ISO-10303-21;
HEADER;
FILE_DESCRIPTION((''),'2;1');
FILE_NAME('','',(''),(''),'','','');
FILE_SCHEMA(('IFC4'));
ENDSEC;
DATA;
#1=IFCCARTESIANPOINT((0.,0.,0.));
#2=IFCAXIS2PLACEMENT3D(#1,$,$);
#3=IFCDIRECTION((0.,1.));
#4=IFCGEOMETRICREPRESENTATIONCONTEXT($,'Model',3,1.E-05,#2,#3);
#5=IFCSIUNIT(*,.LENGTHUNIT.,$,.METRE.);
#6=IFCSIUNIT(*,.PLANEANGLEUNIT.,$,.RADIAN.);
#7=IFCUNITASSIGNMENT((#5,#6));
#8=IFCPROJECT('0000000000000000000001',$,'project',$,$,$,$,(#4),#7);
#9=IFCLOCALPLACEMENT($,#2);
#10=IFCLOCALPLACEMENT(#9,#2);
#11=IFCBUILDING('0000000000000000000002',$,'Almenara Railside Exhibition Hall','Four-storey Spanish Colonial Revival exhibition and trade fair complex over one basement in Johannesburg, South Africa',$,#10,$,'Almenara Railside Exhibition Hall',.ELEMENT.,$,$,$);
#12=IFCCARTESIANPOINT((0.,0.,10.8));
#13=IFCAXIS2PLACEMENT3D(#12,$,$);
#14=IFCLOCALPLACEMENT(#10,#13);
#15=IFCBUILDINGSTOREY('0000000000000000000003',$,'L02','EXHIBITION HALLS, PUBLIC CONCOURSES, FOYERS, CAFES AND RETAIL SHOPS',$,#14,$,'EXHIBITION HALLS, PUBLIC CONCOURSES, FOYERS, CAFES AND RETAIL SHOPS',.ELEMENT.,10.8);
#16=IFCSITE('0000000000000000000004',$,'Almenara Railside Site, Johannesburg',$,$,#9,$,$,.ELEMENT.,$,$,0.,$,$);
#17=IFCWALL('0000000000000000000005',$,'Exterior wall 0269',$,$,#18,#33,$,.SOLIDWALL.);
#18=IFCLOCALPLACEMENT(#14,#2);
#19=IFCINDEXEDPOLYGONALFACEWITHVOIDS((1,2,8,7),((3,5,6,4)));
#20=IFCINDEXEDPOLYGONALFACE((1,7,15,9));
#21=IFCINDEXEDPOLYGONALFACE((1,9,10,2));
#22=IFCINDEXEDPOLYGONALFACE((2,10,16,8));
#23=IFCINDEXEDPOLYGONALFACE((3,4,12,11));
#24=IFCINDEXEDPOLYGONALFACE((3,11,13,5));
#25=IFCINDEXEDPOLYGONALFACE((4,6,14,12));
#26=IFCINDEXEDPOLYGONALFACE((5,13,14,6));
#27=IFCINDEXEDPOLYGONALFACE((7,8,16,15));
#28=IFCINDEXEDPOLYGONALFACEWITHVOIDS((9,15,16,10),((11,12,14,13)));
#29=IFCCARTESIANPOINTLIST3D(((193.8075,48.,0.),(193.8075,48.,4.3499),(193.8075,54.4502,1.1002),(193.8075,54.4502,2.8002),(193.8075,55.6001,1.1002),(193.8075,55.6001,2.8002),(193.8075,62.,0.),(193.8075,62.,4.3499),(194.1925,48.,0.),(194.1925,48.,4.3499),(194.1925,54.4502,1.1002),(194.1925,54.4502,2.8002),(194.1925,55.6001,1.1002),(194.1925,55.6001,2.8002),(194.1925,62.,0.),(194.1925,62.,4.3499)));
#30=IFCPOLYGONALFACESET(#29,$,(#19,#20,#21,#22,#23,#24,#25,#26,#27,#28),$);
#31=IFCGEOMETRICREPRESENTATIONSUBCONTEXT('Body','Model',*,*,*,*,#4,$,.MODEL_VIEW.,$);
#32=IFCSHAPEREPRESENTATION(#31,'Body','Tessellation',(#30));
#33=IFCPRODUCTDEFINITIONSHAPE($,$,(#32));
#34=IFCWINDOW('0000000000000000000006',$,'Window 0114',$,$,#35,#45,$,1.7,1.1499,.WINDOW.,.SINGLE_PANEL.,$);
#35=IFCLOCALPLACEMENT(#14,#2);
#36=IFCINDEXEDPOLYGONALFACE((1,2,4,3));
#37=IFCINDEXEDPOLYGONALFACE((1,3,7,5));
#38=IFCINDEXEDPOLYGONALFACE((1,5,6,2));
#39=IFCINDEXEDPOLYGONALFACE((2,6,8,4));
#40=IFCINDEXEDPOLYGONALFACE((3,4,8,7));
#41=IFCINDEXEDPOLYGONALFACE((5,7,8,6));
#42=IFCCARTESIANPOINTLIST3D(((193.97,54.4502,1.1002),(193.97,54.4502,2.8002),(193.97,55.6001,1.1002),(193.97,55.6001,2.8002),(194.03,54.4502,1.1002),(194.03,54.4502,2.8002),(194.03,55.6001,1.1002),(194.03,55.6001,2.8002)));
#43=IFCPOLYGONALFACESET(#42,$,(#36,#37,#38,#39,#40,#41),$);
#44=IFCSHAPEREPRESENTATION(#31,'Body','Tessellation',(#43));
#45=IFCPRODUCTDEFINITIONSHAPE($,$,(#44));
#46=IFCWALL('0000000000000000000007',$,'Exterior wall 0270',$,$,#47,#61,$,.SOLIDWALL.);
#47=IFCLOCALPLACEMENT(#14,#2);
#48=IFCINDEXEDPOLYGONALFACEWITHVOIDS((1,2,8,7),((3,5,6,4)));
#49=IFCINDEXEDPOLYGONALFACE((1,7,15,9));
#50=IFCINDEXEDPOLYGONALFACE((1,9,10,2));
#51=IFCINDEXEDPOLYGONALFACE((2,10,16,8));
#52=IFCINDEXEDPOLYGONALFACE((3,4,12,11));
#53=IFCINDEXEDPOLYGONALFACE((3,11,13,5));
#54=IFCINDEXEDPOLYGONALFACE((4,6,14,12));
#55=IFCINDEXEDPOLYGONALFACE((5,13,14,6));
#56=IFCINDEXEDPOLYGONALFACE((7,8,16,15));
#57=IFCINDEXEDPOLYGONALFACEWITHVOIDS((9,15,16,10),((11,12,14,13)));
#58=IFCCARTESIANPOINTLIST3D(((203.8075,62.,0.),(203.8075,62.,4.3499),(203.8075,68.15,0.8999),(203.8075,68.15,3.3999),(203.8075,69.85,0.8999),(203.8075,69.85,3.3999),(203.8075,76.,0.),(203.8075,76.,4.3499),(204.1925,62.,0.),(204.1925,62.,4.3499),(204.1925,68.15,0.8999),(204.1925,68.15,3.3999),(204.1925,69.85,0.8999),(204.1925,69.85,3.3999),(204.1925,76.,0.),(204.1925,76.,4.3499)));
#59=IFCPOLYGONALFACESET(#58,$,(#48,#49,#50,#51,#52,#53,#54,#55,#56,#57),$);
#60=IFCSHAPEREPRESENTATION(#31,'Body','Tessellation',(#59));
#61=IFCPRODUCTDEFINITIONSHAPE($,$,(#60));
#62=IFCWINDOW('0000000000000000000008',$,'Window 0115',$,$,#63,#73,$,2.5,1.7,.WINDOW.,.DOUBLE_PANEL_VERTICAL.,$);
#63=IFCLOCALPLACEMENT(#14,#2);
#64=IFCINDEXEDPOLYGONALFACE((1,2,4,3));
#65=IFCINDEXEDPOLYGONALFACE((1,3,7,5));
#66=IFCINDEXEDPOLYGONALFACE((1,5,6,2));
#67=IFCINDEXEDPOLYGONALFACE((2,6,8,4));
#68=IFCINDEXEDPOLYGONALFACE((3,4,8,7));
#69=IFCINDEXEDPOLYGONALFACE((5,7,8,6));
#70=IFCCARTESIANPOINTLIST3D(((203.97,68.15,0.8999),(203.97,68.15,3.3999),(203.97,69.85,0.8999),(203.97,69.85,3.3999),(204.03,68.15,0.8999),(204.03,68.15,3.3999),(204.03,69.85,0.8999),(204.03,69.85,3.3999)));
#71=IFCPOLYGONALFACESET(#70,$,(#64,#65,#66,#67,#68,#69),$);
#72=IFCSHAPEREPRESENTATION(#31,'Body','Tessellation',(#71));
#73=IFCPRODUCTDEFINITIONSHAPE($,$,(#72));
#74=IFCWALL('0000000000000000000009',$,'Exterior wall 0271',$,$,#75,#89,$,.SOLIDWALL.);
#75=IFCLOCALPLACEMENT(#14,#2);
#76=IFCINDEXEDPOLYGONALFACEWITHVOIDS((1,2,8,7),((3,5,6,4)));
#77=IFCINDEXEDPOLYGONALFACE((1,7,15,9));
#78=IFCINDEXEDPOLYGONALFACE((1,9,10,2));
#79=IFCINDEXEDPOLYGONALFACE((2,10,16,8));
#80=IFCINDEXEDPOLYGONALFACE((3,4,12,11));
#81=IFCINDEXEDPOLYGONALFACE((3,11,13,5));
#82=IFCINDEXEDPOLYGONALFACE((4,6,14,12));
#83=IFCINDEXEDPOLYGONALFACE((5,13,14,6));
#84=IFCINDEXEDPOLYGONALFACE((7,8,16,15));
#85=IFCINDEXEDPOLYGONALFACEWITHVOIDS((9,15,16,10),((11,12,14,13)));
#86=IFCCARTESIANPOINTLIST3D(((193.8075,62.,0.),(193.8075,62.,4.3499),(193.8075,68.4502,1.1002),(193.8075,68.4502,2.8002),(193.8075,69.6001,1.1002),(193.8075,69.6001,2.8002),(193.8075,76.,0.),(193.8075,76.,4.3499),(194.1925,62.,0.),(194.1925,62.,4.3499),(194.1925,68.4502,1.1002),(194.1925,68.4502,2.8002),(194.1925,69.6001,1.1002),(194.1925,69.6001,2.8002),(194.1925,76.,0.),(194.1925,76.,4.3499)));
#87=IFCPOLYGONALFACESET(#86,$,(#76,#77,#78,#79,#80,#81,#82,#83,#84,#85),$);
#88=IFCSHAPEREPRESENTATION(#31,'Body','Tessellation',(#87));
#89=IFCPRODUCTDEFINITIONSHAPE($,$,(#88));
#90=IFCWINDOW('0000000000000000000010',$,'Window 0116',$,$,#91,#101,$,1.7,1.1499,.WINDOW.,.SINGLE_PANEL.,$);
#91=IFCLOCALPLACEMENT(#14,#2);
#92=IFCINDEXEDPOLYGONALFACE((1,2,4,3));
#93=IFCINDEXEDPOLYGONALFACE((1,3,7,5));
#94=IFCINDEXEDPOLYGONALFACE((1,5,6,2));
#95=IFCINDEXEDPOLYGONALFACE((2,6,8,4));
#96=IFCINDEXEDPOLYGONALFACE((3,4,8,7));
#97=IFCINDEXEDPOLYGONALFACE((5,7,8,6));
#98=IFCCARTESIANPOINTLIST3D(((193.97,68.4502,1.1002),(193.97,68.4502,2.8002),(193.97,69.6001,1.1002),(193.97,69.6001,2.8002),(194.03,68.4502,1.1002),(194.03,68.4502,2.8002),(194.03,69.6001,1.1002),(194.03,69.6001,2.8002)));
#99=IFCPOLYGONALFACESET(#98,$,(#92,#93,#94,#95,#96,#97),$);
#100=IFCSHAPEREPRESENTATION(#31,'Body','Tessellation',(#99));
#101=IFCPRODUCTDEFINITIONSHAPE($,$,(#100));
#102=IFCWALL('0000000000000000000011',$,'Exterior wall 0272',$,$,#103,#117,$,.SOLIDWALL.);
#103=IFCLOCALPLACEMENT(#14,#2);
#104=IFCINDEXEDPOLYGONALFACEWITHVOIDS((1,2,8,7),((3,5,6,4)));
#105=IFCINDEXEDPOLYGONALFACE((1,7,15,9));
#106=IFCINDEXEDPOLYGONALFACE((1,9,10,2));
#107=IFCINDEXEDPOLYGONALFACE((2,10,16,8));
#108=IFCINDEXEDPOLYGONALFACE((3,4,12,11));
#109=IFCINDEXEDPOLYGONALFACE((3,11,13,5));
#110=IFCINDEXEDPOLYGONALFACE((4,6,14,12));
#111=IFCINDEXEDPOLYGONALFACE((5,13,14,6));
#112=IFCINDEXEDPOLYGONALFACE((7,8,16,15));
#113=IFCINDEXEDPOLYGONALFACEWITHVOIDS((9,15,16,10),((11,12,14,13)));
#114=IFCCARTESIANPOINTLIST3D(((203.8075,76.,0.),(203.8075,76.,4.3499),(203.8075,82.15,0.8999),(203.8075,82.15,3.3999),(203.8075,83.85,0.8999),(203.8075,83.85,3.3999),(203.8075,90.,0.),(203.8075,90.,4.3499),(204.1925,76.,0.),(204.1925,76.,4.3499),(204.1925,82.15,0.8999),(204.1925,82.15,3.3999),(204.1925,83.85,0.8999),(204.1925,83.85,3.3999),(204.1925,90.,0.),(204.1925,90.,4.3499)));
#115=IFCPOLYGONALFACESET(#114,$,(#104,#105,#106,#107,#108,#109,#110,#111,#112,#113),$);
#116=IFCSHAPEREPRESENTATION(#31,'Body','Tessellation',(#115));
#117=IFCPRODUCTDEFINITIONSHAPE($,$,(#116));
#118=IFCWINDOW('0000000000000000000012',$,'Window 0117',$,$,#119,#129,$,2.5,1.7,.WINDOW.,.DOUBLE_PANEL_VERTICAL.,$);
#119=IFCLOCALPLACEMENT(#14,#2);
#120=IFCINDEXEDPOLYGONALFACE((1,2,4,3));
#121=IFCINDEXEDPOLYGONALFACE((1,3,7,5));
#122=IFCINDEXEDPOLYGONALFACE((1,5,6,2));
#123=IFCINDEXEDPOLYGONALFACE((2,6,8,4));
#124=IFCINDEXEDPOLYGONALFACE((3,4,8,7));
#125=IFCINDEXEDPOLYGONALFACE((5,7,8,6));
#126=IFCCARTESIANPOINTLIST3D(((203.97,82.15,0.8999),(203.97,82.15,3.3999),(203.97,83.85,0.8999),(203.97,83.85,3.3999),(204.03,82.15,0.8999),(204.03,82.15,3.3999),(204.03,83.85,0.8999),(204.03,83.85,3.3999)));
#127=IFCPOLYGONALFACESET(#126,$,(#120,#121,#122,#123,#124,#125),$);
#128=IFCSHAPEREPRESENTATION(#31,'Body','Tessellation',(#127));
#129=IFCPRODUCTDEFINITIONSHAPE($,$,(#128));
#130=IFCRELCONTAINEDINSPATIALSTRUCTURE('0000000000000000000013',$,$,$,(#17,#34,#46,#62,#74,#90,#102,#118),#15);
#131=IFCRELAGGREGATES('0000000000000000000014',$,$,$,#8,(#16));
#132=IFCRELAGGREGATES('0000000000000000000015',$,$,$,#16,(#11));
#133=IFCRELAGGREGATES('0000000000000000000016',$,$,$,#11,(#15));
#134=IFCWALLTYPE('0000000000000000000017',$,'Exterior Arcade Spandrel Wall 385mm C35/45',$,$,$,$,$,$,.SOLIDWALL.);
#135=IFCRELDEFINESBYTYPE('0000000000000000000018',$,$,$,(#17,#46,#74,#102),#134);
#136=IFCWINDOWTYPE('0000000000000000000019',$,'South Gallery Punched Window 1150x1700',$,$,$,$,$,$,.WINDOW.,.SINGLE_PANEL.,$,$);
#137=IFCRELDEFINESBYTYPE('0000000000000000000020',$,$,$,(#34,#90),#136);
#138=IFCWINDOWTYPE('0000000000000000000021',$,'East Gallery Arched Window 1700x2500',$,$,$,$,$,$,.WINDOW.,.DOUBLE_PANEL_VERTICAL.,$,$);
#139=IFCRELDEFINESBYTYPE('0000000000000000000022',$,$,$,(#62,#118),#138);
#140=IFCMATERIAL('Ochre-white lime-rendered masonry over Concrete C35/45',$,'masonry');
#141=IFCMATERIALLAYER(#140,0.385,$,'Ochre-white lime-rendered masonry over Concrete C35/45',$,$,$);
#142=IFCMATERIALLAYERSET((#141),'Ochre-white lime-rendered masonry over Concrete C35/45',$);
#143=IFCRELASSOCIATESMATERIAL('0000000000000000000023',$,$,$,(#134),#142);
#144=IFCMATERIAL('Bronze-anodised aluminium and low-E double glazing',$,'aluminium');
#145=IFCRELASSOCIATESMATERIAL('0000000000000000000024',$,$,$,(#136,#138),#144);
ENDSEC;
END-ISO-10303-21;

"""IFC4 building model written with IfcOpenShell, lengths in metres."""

from ifc_helpers import new_model, si_unit, direction, frame, frame_2d, origin, place, context, subcontext, project, spatial, rectangle, extrude, material, layer, layer_set, type_object, element, fill, save


model = new_model("IFC4")

# Units and contexts
model_context = context("Model", 3, precision=1e-05, world=origin(), true_north=direction((0.0, 1.0)))
body_context = subcontext(model_context, "Body", "Model", "MODEL_VIEW")
ifc_project = project(units=[si_unit("LENGTHUNIT", "METRE"), si_unit("PLANEANGLEUNIT", "RADIAN")], contexts=[model_context])

# Site, building, storey
site_placement = place(None, origin())
site = spatial("IfcSite", under=ifc_project, at=site_placement, Name="Almenara Railside Site, Johannesburg", CompositionType="ELEMENT", RefElevation=0.0)
building_placement = place(site_placement, origin())
building = spatial("IfcBuilding", under=site, at=building_placement, Name="Almenara Railside Exhibition Hall", Description="Four-storey Spanish Colonial Revival exhibition and trade fair complex over one basement in Johannesburg, South Africa", LongName="Almenara Railside Exhibition Hall", CompositionType="ELEMENT")
storey_placement = place(building_placement, frame((0.0, 0.0, 10.8)))
storey = spatial("IfcBuildingStorey", under=building, at=storey_placement, Name="L02", Description="EXHIBITION HALLS, PUBLIC CONCOURSES, FOYERS, CAFES AND RETAIL SHOPS", LongName="EXHIBITION HALLS, PUBLIC CONCOURSES, FOYERS, CAFES AND RETAIL SHOPS", CompositionType="ELEMENT", Elevation=10.8)

# Walls, openings, windows
ifc_material_1 = material(Name="Ochre-white lime-rendered masonry over Concrete C35/45", Category="masonry")
ifc_layer = layer(ifc_material_1, 0.385, Name="Ochre-white lime-rendered masonry over Concrete C35/45")
ifc_layer_set = layer_set([ifc_layer], Name="Ochre-white lime-rendered masonry over Concrete C35/45")
wall_type = type_object("IfcWallType", Name="Exterior Arcade Spandrel Wall 385mm C35/45", PredefinedType="SOLIDWALL", material=ifc_layer_set)
wall_1_placement = place(storey_placement, frame((194.0, 62.0, 0.0), z_axis=(0.0, 0.0, 1.0), x_axis=(0.0, -1.0, 0.0)))
wall_1 = element("IfcWall", 1, at=wall_1_placement, inside=storey, type_object=wall_type, Name="Exterior wall 0269", PredefinedType="SOLIDWALL", context=body_context, shape_type="SweptSolid", body=[
    extrude(rectangle(XDim=14.0, YDim=0.385, at=frame_2d((7.0, 0.0))), origin(), (0.0, 0.0, 1.0), 4.3499),
])
opening_1_placement = place(wall_1_placement, frame((6.3999, 0.0, 1.1001)))
opening_1 = element("IfcOpeningElement", 2, at=opening_1_placement, cuts=wall_1, PredefinedType="OPENING", context=body_context, shape_type="SweptSolid", body=[
    extrude(rectangle(XDim=1.1499, YDim=1.7, at=frame_2d((0.575, 0.8501))), frame((0.0, 0.2024, 0.0), z_axis=(0.0, -1.0, 0.0), x_axis=(1.0, 0.0, 0.0)), (0.0, 0.0, 1.0), 0.405),
])
ifc_material_2 = material(Name="Bronze-anodised aluminium and low-E double glazing", Category="aluminium")
window_type_1 = type_object("IfcWindowType", Name="South Gallery Punched Window 1150x1700", PartitioningType="SINGLE_PANEL", PredefinedType="WINDOW", material=ifc_material_2)
window_1_placement = place(opening_1_placement, origin())
window_1 = element("IfcWindow", 3, at=window_1_placement, inside=storey, type_object=window_type_1, Name="Window 0114", OverallHeight=1.7, OverallWidth=1.1499, PartitioningType="SINGLE_PANEL", PredefinedType="WINDOW", context=body_context, shape_type="SweptSolid", body=[
    extrude(rectangle(XDim=1.1499, YDim=1.7, at=frame_2d((0.575, 0.8501))), frame((0.0, 0.03, 0.0), z_axis=(0.0, -1.0, 0.0), x_axis=(1.0, 0.0, 0.0)), (0.0, 0.0, 1.0), 0.0601),
])
fill(opening_1, window_1)
wall_2_placement = place(storey_placement, frame((204.0, 62.0, 0.0), z_axis=(0.0, 0.0, 1.0), x_axis=(0.0, 1.0, 0.0)))
wall_2 = element("IfcWall", 4, at=wall_2_placement, inside=storey, type_object=wall_type, Name="Exterior wall 0270", PredefinedType="SOLIDWALL", context=body_context, shape_type="SweptSolid", body=[
    extrude(rectangle(XDim=14.0, YDim=0.385, at=frame_2d((7.0, 0.0))), origin(), (0.0, 0.0, 1.0), 4.3499),
])
opening_2_placement = place(wall_2_placement, frame((6.1499, 0.0, 0.8999)))
opening_2 = element("IfcOpeningElement", 5, at=opening_2_placement, cuts=wall_2, PredefinedType="OPENING", context=body_context, shape_type="SweptSolid", body=[
    extrude(rectangle(XDim=1.7, YDim=2.5, at=frame_2d((0.8501, 1.25))), frame((0.0, 0.2024, 0.0), z_axis=(0.0, -1.0, 0.0), x_axis=(1.0, 0.0, 0.0)), (0.0, 0.0, 1.0), 0.405),
])
window_type_2 = type_object("IfcWindowType", Name="East Gallery Arched Window 1700x2500", PartitioningType="DOUBLE_PANEL_VERTICAL", PredefinedType="WINDOW", material=ifc_material_2)
window_2_placement = place(opening_2_placement, origin())
window_2 = element("IfcWindow", 6, at=window_2_placement, inside=storey, type_object=window_type_2, Name="Window 0115", OverallHeight=2.5, OverallWidth=1.7, PartitioningType="DOUBLE_PANEL_VERTICAL", PredefinedType="WINDOW", context=body_context, shape_type="SweptSolid", body=[
    extrude(rectangle(XDim=1.7, YDim=2.5, at=frame_2d((0.8501, 1.25))), frame((0.0, 0.03, 0.0), z_axis=(0.0, -1.0, 0.0), x_axis=(1.0, 0.0, 0.0)), (0.0, 0.0, 1.0), 0.0601),
])
fill(opening_2, window_2)
wall_3_placement = place(storey_placement, frame((194.0, 76.0, 0.0), z_axis=(0.0, 0.0, 1.0), x_axis=(0.0, -1.0, 0.0)))
wall_3 = element("IfcWall", 7, at=wall_3_placement, inside=storey, type_object=wall_type, Name="Exterior wall 0271", PredefinedType="SOLIDWALL", context=body_context, shape_type="SweptSolid", body=[
    extrude(rectangle(XDim=14.0, YDim=0.385, at=frame_2d((7.0, 0.0))), origin(), (0.0, 0.0, 1.0), 4.3499),
])
opening_3_placement = place(wall_3_placement, frame((6.3999, 0.0, 1.1001)))
opening_3 = element("IfcOpeningElement", 8, at=opening_3_placement, cuts=wall_3, PredefinedType="OPENING", context=body_context, shape_type="SweptSolid", body=[
    extrude(rectangle(XDim=1.1499, YDim=1.7, at=frame_2d((0.575, 0.8501))), frame((0.0, 0.2024, 0.0), z_axis=(0.0, -1.0, 0.0), x_axis=(1.0, 0.0, 0.0)), (0.0, 0.0, 1.0), 0.405),
])
window_3_placement = place(opening_3_placement, origin())
window_3 = element("IfcWindow", 9, at=window_3_placement, inside=storey, type_object=window_type_1, Name="Window 0116", OverallHeight=1.7, OverallWidth=1.1499, PartitioningType="SINGLE_PANEL", PredefinedType="WINDOW", context=body_context, shape_type="SweptSolid", body=[
    extrude(rectangle(XDim=1.1499, YDim=1.7, at=frame_2d((0.575, 0.8501))), frame((0.0, 0.03, 0.0), z_axis=(0.0, -1.0, 0.0), x_axis=(1.0, 0.0, 0.0)), (0.0, 0.0, 1.0), 0.0601),
])
fill(opening_3, window_3)
wall_4_placement = place(storey_placement, frame((204.0, 76.0, 0.0), z_axis=(0.0, 0.0, 1.0), x_axis=(0.0, 1.0, 0.0)))
wall_4 = element("IfcWall", 10, at=wall_4_placement, inside=storey, type_object=wall_type, Name="Exterior wall 0272", PredefinedType="SOLIDWALL", context=body_context, shape_type="SweptSolid", body=[
    extrude(rectangle(XDim=14.0, YDim=0.385, at=frame_2d((7.0, 0.0))), origin(), (0.0, 0.0, 1.0), 4.3499),
])
opening_4_placement = place(wall_4_placement, frame((6.1499, 0.0, 0.8999)))
opening_4 = element("IfcOpeningElement", 11, at=opening_4_placement, cuts=wall_4, PredefinedType="OPENING", context=body_context, shape_type="SweptSolid", body=[
    extrude(rectangle(XDim=1.7, YDim=2.5, at=frame_2d((0.8501, 1.25))), frame((0.0, 0.2024, 0.0), z_axis=(0.0, -1.0, 0.0), x_axis=(1.0, 0.0, 0.0)), (0.0, 0.0, 1.0), 0.405),
])
window_4_placement = place(opening_4_placement, origin())
window_4 = element("IfcWindow", 12, at=window_4_placement, inside=storey, type_object=window_type_2, Name="Window 0117", OverallHeight=2.5, OverallWidth=1.7, PartitioningType="DOUBLE_PANEL_VERTICAL", PredefinedType="WINDOW", context=body_context, shape_type="SweptSolid", body=[
    extrude(rectangle(XDim=1.7, YDim=2.5, at=frame_2d((0.8501, 1.25))), frame((0.0, 0.03, 0.0), z_axis=(0.0, -1.0, 0.0), x_axis=(1.0, 0.0, 0.0)), (0.0, 0.0, 1.0), 0.0601),
])
fill(opening_4, window_4)

save(model, "model.ifc")
